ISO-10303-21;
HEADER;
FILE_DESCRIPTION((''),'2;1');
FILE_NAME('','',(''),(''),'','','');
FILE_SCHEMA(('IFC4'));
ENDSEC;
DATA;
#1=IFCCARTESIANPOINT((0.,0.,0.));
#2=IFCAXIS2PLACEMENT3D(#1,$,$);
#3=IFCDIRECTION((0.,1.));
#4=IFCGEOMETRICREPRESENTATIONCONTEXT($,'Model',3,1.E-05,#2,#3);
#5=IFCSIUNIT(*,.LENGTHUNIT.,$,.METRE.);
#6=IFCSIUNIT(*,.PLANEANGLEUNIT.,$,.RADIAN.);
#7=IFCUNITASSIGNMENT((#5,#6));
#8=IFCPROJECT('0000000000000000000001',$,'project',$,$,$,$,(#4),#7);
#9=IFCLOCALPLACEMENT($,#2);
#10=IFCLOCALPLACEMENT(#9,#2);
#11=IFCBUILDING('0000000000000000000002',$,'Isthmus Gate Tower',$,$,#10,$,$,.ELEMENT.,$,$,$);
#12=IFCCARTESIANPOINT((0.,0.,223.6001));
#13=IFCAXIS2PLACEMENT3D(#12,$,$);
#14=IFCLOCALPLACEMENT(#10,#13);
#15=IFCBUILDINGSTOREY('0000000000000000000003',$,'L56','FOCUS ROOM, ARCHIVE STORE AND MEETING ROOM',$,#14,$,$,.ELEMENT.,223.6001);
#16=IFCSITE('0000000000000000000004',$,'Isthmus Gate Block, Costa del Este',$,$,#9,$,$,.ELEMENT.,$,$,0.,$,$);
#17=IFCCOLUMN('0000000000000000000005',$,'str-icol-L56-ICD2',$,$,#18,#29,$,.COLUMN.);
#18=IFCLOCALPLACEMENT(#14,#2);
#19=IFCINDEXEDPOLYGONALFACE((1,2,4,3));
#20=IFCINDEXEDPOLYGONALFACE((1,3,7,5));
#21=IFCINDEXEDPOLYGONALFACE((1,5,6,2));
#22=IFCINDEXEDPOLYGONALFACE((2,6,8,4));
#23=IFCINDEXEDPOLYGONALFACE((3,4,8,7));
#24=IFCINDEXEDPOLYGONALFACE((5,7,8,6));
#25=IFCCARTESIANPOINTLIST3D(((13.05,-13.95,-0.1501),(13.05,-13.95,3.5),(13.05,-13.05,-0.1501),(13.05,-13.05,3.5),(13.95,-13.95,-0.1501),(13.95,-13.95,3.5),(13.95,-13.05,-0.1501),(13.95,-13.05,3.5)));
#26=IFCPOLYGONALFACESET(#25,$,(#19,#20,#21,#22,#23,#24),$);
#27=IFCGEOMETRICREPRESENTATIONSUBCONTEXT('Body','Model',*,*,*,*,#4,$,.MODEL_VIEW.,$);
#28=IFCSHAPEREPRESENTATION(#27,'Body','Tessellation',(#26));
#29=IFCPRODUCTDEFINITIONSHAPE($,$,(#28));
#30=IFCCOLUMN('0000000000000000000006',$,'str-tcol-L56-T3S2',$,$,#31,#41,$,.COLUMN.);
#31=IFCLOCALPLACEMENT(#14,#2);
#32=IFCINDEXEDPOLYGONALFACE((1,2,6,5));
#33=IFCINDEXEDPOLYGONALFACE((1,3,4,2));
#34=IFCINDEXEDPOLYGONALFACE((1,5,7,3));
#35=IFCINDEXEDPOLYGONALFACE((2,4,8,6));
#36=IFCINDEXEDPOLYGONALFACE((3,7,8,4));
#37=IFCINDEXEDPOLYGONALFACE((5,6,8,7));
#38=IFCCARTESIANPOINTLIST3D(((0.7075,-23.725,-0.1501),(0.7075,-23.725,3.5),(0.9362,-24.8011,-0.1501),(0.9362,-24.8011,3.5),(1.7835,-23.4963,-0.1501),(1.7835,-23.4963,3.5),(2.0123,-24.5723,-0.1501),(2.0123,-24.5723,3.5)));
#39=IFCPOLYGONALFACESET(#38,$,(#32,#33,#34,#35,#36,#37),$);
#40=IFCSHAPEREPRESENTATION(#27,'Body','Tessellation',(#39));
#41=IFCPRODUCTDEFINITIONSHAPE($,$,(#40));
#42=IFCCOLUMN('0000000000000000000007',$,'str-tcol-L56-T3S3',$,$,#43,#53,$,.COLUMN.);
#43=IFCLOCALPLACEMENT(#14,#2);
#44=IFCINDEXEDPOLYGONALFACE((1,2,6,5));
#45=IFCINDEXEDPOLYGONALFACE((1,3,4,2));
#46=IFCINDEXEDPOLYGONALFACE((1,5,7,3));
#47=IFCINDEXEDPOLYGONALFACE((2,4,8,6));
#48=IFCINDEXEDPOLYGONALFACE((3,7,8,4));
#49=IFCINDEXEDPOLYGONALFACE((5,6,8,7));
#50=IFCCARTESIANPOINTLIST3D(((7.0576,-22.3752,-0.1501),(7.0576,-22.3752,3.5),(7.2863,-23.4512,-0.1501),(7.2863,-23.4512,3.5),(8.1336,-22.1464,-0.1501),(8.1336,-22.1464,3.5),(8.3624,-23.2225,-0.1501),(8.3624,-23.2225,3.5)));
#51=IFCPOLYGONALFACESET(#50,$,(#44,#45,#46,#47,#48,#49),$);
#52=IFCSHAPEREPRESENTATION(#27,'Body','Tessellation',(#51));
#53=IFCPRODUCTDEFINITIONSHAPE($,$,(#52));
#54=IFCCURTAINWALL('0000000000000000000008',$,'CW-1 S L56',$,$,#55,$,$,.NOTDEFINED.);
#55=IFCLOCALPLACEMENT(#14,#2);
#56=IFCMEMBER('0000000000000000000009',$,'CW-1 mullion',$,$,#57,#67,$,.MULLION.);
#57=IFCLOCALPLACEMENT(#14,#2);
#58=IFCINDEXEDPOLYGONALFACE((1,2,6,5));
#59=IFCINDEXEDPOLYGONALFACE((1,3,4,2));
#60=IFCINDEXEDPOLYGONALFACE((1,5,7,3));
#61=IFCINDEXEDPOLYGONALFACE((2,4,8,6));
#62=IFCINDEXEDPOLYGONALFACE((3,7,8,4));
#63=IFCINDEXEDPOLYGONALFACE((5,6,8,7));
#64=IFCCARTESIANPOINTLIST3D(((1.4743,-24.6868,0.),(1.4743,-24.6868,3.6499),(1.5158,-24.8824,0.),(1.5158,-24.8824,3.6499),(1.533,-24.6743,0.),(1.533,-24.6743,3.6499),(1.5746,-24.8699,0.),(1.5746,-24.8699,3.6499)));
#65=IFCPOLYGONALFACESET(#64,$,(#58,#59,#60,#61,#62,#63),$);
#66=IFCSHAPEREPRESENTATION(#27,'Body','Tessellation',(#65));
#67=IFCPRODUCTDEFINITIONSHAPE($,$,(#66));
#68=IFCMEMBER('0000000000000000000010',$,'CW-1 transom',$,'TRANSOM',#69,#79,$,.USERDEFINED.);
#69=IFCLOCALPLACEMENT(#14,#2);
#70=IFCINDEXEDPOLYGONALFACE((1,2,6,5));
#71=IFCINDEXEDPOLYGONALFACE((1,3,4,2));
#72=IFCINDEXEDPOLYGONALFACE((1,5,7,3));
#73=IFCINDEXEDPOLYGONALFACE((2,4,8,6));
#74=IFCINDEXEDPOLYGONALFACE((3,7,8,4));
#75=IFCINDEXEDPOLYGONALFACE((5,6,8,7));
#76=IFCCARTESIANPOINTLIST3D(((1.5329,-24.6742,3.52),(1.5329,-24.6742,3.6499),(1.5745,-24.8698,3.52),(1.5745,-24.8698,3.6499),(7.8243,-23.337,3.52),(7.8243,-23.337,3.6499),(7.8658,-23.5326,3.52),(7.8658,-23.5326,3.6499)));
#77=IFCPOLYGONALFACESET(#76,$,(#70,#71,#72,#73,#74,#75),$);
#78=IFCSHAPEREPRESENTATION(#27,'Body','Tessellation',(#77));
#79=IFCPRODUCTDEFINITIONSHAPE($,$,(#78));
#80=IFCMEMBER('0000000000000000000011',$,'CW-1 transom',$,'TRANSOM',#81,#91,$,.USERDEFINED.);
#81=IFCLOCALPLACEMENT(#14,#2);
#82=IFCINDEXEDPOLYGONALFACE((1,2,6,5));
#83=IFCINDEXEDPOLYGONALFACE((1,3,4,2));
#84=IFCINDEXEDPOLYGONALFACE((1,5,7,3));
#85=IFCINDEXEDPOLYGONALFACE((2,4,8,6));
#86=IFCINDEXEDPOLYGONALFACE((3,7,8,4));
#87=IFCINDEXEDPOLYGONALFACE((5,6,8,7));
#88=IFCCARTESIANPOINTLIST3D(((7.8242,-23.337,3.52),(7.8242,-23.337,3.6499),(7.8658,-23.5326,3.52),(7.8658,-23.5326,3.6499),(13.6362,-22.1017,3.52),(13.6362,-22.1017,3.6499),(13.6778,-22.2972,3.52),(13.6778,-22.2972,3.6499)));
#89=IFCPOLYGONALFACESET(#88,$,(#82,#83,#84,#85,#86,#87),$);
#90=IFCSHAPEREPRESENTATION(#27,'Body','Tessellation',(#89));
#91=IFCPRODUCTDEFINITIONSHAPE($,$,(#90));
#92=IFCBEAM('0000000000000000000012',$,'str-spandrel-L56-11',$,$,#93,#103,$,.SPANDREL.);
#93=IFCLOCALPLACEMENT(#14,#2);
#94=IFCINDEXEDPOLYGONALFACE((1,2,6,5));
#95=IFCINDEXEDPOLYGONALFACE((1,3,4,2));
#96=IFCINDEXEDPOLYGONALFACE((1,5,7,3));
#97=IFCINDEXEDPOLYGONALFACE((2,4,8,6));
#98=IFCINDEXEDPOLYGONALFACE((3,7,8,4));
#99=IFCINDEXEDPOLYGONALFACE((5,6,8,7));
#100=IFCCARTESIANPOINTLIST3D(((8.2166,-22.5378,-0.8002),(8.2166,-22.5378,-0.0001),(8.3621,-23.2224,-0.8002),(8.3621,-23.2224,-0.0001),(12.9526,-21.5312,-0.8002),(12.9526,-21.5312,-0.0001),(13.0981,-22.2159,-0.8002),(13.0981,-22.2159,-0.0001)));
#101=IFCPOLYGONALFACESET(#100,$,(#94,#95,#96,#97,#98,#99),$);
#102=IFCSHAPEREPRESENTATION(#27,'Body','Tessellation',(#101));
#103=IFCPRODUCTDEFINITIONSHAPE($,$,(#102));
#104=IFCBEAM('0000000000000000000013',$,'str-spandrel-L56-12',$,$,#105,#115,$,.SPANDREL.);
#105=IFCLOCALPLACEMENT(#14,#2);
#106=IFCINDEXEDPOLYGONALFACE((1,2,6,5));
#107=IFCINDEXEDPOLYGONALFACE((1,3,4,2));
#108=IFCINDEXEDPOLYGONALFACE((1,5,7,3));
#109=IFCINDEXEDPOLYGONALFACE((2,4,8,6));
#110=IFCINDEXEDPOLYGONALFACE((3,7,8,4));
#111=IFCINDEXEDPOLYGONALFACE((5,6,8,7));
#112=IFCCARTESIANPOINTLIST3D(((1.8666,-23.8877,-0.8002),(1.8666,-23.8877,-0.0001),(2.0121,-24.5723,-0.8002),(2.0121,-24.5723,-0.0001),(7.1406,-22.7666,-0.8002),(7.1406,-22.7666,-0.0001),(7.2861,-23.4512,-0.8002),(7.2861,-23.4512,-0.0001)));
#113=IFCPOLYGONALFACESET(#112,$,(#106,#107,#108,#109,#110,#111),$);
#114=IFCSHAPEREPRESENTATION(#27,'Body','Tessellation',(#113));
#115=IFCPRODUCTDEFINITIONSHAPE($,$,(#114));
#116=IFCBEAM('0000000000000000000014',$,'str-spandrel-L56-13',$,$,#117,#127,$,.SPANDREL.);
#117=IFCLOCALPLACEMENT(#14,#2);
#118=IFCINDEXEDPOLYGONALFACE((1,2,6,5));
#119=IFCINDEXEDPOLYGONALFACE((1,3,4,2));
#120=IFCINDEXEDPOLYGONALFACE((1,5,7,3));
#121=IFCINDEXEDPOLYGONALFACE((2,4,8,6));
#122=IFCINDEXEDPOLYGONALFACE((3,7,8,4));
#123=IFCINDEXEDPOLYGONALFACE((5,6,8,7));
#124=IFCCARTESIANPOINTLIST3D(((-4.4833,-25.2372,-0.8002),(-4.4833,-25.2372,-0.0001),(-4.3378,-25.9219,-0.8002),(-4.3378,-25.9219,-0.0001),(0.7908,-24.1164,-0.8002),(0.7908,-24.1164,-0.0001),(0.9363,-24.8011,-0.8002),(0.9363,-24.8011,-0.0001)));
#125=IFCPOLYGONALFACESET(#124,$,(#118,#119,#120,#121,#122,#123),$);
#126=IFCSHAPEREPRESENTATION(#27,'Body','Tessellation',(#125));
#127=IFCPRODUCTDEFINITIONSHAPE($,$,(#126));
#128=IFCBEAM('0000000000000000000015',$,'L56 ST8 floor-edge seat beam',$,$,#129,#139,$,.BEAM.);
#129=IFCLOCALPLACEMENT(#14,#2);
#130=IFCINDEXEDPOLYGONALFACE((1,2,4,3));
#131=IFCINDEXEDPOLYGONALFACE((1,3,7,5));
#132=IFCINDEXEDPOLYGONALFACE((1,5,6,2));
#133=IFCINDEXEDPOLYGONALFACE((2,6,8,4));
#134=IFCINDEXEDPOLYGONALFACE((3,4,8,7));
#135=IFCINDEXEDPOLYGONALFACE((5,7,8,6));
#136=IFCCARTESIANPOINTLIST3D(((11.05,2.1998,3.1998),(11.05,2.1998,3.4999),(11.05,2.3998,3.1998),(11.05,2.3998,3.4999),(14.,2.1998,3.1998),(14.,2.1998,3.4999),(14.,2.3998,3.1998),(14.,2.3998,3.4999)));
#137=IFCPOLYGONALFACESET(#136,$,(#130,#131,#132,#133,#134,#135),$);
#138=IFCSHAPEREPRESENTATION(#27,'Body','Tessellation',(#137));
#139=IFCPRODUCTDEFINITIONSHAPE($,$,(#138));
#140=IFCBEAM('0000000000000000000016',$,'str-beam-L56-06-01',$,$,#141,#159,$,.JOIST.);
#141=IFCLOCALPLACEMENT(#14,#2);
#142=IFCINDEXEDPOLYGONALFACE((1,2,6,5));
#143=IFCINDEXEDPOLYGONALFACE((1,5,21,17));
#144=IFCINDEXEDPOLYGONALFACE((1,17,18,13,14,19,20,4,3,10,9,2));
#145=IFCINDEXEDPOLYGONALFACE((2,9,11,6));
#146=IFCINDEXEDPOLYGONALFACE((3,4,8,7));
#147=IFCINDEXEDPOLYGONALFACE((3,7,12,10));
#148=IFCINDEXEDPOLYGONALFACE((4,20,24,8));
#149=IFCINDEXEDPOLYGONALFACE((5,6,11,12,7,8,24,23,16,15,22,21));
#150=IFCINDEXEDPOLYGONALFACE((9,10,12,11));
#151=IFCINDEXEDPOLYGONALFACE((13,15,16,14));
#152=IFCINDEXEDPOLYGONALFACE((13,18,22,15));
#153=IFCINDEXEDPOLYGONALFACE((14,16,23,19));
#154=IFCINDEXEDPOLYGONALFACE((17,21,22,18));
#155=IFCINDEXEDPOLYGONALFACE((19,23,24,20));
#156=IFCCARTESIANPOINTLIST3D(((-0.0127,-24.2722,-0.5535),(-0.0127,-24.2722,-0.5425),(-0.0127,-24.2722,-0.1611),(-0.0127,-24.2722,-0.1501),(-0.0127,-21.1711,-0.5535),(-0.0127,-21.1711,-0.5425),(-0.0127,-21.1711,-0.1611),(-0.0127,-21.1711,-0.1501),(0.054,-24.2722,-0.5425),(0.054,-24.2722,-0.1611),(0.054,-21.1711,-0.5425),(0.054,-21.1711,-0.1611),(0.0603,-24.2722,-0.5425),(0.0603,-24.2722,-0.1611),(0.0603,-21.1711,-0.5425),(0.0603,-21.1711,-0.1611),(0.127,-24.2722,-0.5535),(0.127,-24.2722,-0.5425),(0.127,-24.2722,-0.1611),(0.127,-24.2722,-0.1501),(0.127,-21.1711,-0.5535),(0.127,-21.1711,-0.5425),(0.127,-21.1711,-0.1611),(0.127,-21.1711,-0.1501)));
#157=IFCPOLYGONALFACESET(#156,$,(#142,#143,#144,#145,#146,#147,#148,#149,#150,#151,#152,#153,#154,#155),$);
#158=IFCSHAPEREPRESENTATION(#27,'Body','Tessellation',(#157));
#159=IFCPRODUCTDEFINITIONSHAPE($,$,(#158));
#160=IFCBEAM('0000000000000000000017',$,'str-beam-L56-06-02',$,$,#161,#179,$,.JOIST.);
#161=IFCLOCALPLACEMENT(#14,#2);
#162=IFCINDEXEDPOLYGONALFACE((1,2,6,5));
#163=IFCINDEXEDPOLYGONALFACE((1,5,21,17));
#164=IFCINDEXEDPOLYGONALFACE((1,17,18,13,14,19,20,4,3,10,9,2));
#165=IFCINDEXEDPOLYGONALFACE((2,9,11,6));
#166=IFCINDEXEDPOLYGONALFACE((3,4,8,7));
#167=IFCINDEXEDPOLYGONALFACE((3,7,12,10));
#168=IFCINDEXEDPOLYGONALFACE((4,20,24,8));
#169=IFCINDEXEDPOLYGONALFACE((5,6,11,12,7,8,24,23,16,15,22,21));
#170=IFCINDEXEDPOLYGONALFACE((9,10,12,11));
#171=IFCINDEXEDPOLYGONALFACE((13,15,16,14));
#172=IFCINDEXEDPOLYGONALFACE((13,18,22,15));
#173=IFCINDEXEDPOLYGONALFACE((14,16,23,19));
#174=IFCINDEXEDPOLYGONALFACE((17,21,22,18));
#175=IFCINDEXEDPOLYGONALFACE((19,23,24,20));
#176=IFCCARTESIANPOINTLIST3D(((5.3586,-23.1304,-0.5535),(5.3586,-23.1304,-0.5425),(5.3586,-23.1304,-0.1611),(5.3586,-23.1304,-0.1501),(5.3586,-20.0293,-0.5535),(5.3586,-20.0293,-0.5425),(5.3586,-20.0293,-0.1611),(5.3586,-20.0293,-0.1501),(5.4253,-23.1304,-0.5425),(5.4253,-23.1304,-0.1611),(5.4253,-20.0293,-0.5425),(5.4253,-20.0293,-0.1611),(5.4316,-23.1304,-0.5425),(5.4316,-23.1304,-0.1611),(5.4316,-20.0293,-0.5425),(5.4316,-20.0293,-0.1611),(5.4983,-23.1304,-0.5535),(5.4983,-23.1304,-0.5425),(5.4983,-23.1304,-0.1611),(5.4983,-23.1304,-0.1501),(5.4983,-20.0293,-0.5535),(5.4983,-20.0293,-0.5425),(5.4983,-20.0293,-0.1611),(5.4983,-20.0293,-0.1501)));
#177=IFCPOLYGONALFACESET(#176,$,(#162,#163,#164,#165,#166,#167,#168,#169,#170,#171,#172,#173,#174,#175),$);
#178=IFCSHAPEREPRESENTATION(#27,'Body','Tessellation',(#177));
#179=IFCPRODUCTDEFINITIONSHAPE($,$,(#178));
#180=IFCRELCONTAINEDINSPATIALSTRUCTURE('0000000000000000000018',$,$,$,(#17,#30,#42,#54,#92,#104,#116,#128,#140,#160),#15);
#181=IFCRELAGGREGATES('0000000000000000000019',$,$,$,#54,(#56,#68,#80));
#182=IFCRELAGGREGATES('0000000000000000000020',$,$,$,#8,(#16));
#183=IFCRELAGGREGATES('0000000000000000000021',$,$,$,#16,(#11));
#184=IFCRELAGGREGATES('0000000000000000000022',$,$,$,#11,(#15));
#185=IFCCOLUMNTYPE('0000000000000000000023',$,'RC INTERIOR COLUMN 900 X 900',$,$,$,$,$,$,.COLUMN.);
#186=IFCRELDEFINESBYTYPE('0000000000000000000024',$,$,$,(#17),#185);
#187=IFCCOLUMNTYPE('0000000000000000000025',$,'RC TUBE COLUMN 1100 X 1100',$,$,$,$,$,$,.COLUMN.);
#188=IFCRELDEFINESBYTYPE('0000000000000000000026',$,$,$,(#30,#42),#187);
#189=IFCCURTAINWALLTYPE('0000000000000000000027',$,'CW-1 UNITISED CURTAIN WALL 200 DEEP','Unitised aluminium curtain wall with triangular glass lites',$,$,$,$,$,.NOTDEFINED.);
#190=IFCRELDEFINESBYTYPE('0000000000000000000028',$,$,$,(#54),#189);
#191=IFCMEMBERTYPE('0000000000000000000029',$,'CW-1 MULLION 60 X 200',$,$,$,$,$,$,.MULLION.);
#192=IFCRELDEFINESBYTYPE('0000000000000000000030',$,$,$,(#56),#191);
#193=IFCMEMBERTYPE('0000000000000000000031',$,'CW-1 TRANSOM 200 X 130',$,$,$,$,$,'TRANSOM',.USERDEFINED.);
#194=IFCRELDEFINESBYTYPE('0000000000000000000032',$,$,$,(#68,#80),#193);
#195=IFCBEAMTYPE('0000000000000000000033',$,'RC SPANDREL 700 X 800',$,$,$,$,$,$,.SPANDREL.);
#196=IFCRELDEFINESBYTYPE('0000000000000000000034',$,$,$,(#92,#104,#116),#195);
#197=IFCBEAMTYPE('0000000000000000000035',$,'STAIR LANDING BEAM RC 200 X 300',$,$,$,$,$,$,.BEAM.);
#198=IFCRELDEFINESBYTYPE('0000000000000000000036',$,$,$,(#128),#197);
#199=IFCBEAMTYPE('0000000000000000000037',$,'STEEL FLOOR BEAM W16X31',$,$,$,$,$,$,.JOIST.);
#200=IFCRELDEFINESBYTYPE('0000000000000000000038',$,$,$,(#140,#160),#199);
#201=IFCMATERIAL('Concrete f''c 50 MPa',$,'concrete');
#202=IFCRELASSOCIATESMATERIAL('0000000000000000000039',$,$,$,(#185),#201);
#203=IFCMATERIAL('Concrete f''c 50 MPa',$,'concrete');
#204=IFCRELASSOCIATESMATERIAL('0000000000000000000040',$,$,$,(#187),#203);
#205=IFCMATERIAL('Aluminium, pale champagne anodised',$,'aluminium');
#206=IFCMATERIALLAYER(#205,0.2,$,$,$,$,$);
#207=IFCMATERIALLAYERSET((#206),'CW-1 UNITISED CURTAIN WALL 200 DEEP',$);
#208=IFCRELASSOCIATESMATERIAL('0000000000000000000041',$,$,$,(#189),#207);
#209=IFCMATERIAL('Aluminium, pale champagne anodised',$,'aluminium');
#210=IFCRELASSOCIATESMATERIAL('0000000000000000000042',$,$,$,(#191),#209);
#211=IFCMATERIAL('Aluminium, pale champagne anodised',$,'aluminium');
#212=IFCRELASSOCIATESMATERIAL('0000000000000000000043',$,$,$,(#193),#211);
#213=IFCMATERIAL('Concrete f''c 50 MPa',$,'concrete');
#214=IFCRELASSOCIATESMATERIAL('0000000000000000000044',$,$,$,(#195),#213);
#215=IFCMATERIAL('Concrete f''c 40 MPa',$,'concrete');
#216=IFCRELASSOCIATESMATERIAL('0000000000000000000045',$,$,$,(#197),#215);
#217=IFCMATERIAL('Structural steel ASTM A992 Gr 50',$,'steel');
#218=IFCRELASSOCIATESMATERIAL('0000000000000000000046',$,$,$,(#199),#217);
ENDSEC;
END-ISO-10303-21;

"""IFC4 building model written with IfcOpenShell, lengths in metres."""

from ifc_helpers import new_model, si_unit, direction, frame, origin, origin_2d, place, context, subcontext, project, spatial, rectangle, i_section, extrude, material, layer, layer_set, material_profile, profile_set, type_object, element, aggregate, save


model = new_model("IFC4")

# Units and contexts
model_context = context("Model", 3, precision=1e-05, world=origin(), true_north=direction((0.0, 1.0)))
body_context = subcontext(model_context, "Body", "Model", "MODEL_VIEW")
ifc_project = project(units=[si_unit("LENGTHUNIT", "METRE"), si_unit("PLANEANGLEUNIT", "RADIAN")], contexts=[model_context])

# Site, building, storey
site_placement = place(None, origin())
site = spatial("IfcSite", under=ifc_project, at=site_placement, Name="Isthmus Gate Block, Costa del Este", CompositionType="ELEMENT", RefElevation=0.0)
building_placement = place(site_placement, origin())
building = spatial("IfcBuilding", under=site, at=building_placement, Name="Isthmus Gate Tower", CompositionType="ELEMENT")
storey_placement = place(building_placement, frame((0.0, 0.0, 223.6001)))
storey = spatial("IfcBuildingStorey", under=building, at=storey_placement, Name="L56", Description="FOCUS ROOM, ARCHIVE STORE AND MEETING ROOM", CompositionType="ELEMENT", Elevation=223.6001)

# Columns
ifc_material_1 = material(Name="Concrete f'c 50 MPa", Category="concrete")
ifc_material_profile_1 = material_profile(ifc_material_1, rectangle(XDim=0.8999, YDim=0.8999, at=origin_2d()), Name="RC 900X900")
ifc_profile_set_1 = profile_set([ifc_material_profile_1], Name="Concrete f'c 50 MPa")
column_type_1 = type_object("IfcColumnType", Name="RC INTERIOR COLUMN 900 X 900", PredefinedType="COLUMN", material=ifc_profile_set_1)
column_placement = place(storey_placement, frame((13.5, -13.5, -0.1501), z_axis=(0.0, 0.0, 1.0), x_axis=(1.0, 0.0, 0.0)))
element("IfcColumn", 1, at=column_placement, inside=storey, type_object=column_type_1, Name="str-icol-L56-ICD2", PredefinedType="COLUMN", context=body_context, shape_type="SweptSolid", body=[
    extrude(rectangle(XDim=0.8999, YDim=0.8999, at=origin_2d()), origin(), (0.0, 0.0, 1.0), 3.6501),
])
ifc_material_2 = material(Name="Concrete f'c 50 MPa", Category="concrete")
ifc_material_profile_2 = material_profile(ifc_material_2, rectangle(XDim=1.1001, YDim=1.1001, at=origin_2d()), Name="RC 1100X1100")
ifc_profile_set_2 = profile_set([ifc_material_profile_2], Name="Concrete f'c 50 MPa")
column_type_2 = type_object("IfcColumnType", Name="RC TUBE COLUMN 1100 X 1100", PredefinedType="COLUMN", material=ifc_profile_set_2)
for number, where, z_axis, x_axis, name in (
    (2, (1.3599, -24.1487, -0.1501), (0.0, 0.0, 1.0), (0.978148, 0.207912, 0.0), "str-tcol-L56-T3S2"),
    (3, (7.71, -22.7988, -0.1501), (0.0, 0.0, 1.0), (0.978148, 0.207912, 0.0), "str-tcol-L56-T3S3"),
):
    element("IfcColumn", number, at=place(storey_placement, frame(where, z_axis=z_axis, x_axis=x_axis)), inside=storey, type_object=column_type_2, Name=name, PredefinedType="COLUMN", context=body_context, shape_type="SweptSolid", body=[
        extrude(rectangle(XDim=1.1001, YDim=1.1001, at=origin_2d()), origin(), (0.0, 0.0, 1.0), 3.6501),
    ])

# Curtain wall, members
ifc_material_3 = material(Name="Aluminium, pale champagne anodised", Category="aluminium")
ifc_layer_1 = layer(ifc_material_3, 0.2)
ifc_layer_set_1 = layer_set([ifc_layer_1], Name="CW-1 UNITISED CURTAIN WALL 200 DEEP")
curtain_wall_type = type_object("IfcCurtainWallType", Name="CW-1 UNITISED CURTAIN WALL 200 DEEP", Description="Unitised aluminium curtain wall with triangular glass lites", PredefinedType="NOTDEFINED", material=ifc_layer_set_1)
curtain_wall_placement = place(storey_placement, origin())
curtain_wall = element("IfcCurtainWall", 4, at=curtain_wall_placement, inside=storey, type_object=curtain_wall_type, Name="CW-1 S L56", PredefinedType="NOTDEFINED")
ifc_material_4 = material(Name="Aluminium, pale champagne anodised", Category="aluminium")
ifc_material_profile_3 = material_profile(ifc_material_4, rectangle(XDim=0.0601, YDim=0.2, at=origin_2d()), Name="60x200")
ifc_profile_set_3 = profile_set([ifc_material_profile_3], Name="Aluminium, pale champagne anodised")
member_type_1 = type_object("IfcMemberType", Name="CW-1 MULLION 60 X 200", PredefinedType="MULLION", material=ifc_profile_set_3)
member_1_placement = place(storey_placement, frame((1.5244, -24.7783, 0.0), z_axis=(0.0, 0.0, 1.0), x_axis=(0.978148, 0.207912, 0.0)))
member_1 = element("IfcMember", 5, at=member_1_placement, type_object=member_type_1, Name="CW-1 mullion", PredefinedType="MULLION", context=body_context, shape_type="SweptSolid", body=[
    extrude(rectangle(XDim=0.0601, YDim=0.2, at=origin_2d()), origin(), (0.0, 0.0, 1.0), 3.6499),
])
ifc_material_5 = material(Name="Aluminium, pale champagne anodised", Category="aluminium")
ifc_material_profile_4 = material_profile(ifc_material_5, rectangle(XDim=0.2, YDim=0.1299, at=origin_2d()), Name="200x130")
ifc_profile_set_4 = profile_set([ifc_material_profile_4], Name="Aluminium, pale champagne anodised")
member_type_2 = type_object("IfcMemberType", Name="CW-1 TRANSOM 200 X 130", ElementType="TRANSOM", PredefinedType="USERDEFINED", material=ifc_profile_set_4)
member_2_placement = place(storey_placement, frame((1.5537, -24.772, 3.585), z_axis=(0.97815, 0.207898, 0.0), x_axis=(-0.207898, 0.97815, 0.0)))
member_2 = element("IfcMember", 6, at=member_2_placement, type_object=member_type_2, Name="CW-1 transom", ObjectType="TRANSOM", PredefinedType="USERDEFINED", context=body_context, shape_type="SweptSolid", body=[
    extrude(rectangle(XDim=0.2, YDim=0.1299, at=origin_2d()), origin(), (0.0, 0.0, 1.0), 6.4319),
])
member_3_placement = place(storey_placement, frame((7.845, -23.4348, 3.585), z_axis=(0.978149, 0.207907, 0.0), x_axis=(-0.207907, 0.978149, 0.0)))
member_3 = element("IfcMember", 7, at=member_3_placement, type_object=member_type_2, Name="CW-1 transom", ObjectType="TRANSOM", PredefinedType="USERDEFINED", context=body_context, shape_type="SweptSolid", body=[
    extrude(rectangle(XDim=0.2, YDim=0.1299, at=origin_2d()), origin(), (0.0, 0.0, 1.0), 5.9419),
])

# Beams
ifc_material_6 = material(Name="Concrete f'c 50 MPa", Category="concrete")
ifc_material_profile_5 = material_profile(ifc_material_6, rectangle(XDim=0.7, YDim=0.8, at=origin_2d()), Name="RC 700X800")
ifc_profile_set_5 = profile_set([ifc_material_profile_5], Name="Concrete f'c 50 MPa")
beam_type_1 = type_object("IfcBeamType", Name="RC SPANDREL 700 X 800", PredefinedType="SPANDREL", material=ifc_profile_set_5)
beam_1_placement = place(storey_placement, frame((13.0254, -21.8735, -0.4001), z_axis=(-0.978152, -0.207893, 0.0), x_axis=(0.207893, -0.978152, 0.0)))
element("IfcBeam", 8, at=beam_1_placement, inside=storey, type_object=beam_type_1, Name="str-spandrel-L56-11", PredefinedType="SPANDREL", context=body_context, shape_type="SweptSolid", body=[
    extrude(rectangle(XDim=0.7, YDim=0.8, at=origin_2d()), origin(), (0.0, 0.0, 1.0), 4.8418),
])
for number, where, z_axis, x_axis, name in (
    (9, (7.2134, -23.1089, -0.4001), (-0.978144, -0.207927, 0.0), (0.207927, -0.978144, 0.0), "str-spandrel-L56-12"),
    (10, (0.8635, -24.4587, -0.4001), (-0.978156, -0.207874, 0.0), (0.207874, -0.978156, 0.0), "str-spandrel-L56-13"),
):
    element("IfcBeam", number, at=place(storey_placement, frame(where, z_axis=z_axis, x_axis=x_axis)), inside=storey, type_object=beam_type_1, Name=name, PredefinedType="SPANDREL", context=body_context, shape_type="SweptSolid", body=[
        extrude(rectangle(XDim=0.7, YDim=0.8, at=origin_2d()), origin(), (0.0, 0.0, 1.0), 5.3918),
    ])
ifc_material_7 = material(Name="Concrete f'c 40 MPa", Category="concrete")
ifc_material_profile_6 = material_profile(ifc_material_7, rectangle(XDim=0.2, YDim=0.3, at=origin_2d()), Name="STAIR LANDING BEAM RC 200 X 300")
ifc_profile_set_6 = profile_set([ifc_material_profile_6], Name="Concrete f'c 40 MPa")
beam_type_2 = type_object("IfcBeamType", Name="STAIR LANDING BEAM RC 200 X 300", PredefinedType="BEAM", material=ifc_profile_set_6)
beam_2_placement = place(storey_placement, frame((11.05, 2.2998, 3.3499), z_axis=(1.0, 0.0, 0.0), x_axis=(0.0, 1.0, 0.0)))
element("IfcBeam", 11, at=beam_2_placement, inside=storey, type_object=beam_type_2, Name="L56 ST8 floor-edge seat beam", PredefinedType="BEAM", context=body_context, shape_type="SweptSolid", body=[
    extrude(rectangle(XDim=0.2, YDim=0.3, at=origin_2d()), origin(), (0.0, 0.0, 1.0), 2.95),
])
ifc_material_8 = material(Name="Structural steel ASTM A992 Gr 50", Category="steel")
ifc_material_profile_7 = material_profile(ifc_material_8, i_section(OverallWidth=0.1396, OverallDepth=0.4033, WebThickness=0.0063, FlangeThickness=0.011, at=origin_2d()), Name="W16X31")
ifc_profile_set_7 = profile_set([ifc_material_profile_7], Name="Structural steel ASTM A992 Gr 50")
beam_type_3 = type_object("IfcBeamType", Name="STEEL FLOOR BEAM W16X31", PredefinedType="JOIST", material=ifc_profile_set_7)
for number, where, z_axis, x_axis, name in (
    (12, (0.0571, -24.2722, -0.3518), (0.0, 1.0, 0.0), (-1.0, 0.0, 0.0), "str-beam-L56-06-01"),
    (13, (5.4285, -23.1304, -0.3518), (0.0, 1.0, 0.0), (-1.0, 0.0, 0.0), "str-beam-L56-06-02"),
):
    element("IfcBeam", number, at=place(storey_placement, frame(where, z_axis=z_axis, x_axis=x_axis)), inside=storey, type_object=beam_type_3, Name=name, PredefinedType="JOIST", context=body_context, shape_type="SweptSolid", body=[
        extrude(i_section(OverallWidth=0.1396, OverallDepth=0.4033, WebThickness=0.0063, FlangeThickness=0.011, at=origin_2d()), origin(), (0.0, 0.0, 1.0), 3.1011),
    ])

aggregate(curtain_wall, [member_1, member_2, member_3])

save(model, "model.ifc")
